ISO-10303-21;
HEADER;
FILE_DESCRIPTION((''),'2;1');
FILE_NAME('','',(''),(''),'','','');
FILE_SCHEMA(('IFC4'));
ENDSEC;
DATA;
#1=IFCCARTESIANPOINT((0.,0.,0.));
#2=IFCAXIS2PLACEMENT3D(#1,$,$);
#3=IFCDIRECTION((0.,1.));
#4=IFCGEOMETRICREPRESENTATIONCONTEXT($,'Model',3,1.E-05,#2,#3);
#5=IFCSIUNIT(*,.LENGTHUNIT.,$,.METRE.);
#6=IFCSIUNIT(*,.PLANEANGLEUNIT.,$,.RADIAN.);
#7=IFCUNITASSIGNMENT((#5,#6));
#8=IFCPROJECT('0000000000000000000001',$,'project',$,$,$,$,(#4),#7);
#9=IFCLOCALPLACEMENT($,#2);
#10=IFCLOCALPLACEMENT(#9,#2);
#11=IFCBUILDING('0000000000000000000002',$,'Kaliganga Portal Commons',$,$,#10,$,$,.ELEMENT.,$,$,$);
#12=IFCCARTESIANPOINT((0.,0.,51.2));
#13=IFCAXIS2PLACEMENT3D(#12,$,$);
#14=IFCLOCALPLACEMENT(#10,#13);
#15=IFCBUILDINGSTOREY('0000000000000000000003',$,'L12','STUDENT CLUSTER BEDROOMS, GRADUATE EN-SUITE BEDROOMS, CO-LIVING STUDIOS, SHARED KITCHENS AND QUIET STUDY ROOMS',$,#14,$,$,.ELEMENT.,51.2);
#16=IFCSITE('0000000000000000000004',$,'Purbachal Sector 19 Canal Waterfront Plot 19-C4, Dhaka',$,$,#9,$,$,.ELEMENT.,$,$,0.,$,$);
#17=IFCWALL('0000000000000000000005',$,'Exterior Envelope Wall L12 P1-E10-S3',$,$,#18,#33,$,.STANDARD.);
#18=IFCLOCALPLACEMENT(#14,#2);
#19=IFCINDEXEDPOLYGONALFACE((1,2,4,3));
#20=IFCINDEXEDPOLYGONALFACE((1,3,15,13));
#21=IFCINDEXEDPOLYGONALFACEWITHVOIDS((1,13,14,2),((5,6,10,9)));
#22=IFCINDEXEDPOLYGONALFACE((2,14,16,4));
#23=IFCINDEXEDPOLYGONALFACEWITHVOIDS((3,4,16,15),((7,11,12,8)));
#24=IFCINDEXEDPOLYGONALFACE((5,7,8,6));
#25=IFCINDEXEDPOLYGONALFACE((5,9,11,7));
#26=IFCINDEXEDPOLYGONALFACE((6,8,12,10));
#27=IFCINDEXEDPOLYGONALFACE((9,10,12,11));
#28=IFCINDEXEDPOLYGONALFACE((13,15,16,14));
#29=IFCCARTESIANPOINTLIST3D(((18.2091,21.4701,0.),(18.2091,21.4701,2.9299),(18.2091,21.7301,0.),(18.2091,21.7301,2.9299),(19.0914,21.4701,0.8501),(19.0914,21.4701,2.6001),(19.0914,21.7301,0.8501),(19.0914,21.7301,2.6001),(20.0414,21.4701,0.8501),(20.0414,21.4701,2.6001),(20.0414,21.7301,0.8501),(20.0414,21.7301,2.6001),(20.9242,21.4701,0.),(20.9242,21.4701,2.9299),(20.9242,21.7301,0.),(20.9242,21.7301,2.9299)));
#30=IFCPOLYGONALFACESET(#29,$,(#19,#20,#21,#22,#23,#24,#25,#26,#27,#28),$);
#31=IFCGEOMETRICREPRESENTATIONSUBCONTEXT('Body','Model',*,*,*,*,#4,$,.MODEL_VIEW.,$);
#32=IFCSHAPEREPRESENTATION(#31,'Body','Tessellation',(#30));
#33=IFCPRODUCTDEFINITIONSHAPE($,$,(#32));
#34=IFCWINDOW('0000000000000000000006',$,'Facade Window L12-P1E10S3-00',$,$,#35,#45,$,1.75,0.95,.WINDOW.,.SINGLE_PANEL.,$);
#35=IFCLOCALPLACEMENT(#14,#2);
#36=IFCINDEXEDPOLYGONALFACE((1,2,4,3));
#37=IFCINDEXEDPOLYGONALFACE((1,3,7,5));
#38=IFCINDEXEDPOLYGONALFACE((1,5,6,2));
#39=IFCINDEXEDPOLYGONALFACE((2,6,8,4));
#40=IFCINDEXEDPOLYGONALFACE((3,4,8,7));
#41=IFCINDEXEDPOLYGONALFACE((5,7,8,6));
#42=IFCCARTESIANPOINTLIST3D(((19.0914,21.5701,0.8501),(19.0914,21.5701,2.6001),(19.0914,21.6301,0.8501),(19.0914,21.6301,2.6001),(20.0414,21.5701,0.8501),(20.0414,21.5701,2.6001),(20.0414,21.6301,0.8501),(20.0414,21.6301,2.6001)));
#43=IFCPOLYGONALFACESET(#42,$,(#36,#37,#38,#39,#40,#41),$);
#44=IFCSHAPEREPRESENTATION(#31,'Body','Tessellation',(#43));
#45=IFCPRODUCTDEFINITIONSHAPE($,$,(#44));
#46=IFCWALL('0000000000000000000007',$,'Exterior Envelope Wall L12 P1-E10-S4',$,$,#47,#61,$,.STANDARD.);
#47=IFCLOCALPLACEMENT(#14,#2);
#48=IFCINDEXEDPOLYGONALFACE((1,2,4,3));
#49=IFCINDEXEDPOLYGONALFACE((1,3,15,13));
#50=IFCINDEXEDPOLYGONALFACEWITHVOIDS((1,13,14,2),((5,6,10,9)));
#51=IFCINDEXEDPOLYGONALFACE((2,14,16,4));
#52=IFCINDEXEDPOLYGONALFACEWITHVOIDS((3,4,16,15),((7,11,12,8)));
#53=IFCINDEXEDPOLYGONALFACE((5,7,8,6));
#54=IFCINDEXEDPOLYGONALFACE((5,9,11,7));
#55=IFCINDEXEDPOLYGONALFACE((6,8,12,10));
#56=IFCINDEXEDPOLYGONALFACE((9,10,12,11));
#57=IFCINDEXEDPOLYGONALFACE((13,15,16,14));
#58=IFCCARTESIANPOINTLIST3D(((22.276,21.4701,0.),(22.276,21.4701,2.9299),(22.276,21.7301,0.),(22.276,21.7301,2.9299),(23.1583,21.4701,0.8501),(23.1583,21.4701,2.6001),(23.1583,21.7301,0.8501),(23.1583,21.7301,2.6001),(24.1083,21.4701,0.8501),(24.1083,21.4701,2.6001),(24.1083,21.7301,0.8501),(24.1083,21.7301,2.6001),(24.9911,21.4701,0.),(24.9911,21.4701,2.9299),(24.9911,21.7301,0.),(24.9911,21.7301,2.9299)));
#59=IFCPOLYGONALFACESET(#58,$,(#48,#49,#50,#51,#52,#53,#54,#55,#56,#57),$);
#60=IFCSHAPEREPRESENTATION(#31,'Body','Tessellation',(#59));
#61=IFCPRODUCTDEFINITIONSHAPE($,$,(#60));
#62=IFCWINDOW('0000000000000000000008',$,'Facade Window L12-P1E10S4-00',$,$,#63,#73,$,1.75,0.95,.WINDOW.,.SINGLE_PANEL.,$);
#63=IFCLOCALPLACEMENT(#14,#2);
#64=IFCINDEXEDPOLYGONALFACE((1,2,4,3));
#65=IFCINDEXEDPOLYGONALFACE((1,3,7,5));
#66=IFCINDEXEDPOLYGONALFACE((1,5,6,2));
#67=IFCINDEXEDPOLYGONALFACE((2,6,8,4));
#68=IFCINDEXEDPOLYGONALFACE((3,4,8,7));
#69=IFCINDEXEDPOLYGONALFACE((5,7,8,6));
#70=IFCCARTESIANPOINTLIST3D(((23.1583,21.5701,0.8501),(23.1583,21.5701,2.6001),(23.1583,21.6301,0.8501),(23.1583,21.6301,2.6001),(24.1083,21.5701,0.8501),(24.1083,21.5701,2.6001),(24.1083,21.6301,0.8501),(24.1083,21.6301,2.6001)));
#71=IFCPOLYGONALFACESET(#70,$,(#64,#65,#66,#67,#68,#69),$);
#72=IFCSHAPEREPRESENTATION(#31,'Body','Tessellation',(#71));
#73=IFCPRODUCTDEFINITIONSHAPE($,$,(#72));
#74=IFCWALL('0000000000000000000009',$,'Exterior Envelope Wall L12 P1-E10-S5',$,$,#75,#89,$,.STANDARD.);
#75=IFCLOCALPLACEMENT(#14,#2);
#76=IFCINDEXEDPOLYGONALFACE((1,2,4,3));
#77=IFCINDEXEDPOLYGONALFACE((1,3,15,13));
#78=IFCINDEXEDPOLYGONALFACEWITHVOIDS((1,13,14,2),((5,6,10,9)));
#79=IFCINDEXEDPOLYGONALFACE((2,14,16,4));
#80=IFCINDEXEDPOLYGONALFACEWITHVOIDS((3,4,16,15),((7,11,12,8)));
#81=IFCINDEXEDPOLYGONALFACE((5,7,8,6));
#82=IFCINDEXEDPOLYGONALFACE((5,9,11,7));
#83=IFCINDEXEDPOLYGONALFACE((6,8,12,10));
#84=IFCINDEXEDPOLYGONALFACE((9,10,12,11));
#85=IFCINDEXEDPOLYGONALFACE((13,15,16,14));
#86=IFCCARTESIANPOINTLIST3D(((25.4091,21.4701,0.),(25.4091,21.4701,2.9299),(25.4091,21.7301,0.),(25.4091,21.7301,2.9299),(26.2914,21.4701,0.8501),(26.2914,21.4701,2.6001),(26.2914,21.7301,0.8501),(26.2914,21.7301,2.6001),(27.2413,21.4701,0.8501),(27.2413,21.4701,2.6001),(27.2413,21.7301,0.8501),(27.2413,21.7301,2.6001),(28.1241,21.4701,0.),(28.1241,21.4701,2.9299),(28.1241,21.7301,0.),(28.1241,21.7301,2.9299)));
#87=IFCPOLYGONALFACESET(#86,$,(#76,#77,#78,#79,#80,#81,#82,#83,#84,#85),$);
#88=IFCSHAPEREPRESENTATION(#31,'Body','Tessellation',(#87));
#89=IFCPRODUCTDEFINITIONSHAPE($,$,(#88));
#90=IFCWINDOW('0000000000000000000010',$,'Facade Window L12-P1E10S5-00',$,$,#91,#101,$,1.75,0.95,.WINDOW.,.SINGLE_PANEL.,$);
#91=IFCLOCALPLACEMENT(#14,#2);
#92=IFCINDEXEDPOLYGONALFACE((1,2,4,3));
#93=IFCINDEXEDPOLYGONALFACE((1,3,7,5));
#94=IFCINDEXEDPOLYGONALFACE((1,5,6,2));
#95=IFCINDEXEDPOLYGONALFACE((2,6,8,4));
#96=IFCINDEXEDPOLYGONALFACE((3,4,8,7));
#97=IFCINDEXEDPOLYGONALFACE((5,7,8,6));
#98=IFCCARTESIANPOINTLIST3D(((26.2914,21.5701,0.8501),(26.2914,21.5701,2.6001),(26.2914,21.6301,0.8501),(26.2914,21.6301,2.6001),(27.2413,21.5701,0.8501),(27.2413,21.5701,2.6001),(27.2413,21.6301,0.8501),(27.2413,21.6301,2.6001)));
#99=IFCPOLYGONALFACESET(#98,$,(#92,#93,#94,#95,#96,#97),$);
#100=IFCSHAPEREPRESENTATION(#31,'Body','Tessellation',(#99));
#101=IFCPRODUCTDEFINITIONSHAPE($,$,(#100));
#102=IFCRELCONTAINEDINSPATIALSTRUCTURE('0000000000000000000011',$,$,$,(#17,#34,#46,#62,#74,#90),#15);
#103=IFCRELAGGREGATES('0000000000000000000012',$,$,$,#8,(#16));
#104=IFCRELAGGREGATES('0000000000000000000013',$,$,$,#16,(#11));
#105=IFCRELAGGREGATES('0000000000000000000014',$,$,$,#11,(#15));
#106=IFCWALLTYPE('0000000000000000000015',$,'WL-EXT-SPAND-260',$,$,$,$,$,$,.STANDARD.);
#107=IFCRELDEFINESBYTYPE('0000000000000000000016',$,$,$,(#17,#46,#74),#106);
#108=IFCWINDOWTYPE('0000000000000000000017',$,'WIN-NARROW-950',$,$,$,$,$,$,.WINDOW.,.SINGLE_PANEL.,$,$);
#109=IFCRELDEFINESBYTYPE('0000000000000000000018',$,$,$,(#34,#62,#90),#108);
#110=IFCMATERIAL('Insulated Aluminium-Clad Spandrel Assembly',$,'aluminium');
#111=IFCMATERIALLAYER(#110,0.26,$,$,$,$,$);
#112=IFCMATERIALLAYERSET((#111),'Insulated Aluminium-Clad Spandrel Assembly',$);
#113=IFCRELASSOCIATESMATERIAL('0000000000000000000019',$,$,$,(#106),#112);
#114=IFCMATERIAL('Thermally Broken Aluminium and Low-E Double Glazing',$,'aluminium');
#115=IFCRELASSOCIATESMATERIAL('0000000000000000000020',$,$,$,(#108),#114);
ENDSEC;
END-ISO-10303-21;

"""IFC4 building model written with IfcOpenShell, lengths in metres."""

from ifc_helpers import new_model, si_unit, direction, frame, frame_2d, origin, place, context, subcontext, project, spatial, rectangle, extrude, material, layer, layer_set, type_object, element, fill, save


model = new_model("IFC4")

# Units and contexts
model_context = context("Model", 3, precision=1e-05, world=origin(), true_north=direction((0.0, 1.0)))
body_context = subcontext(model_context, "Body", "Model", "MODEL_VIEW")
ifc_project = project(units=[si_unit("LENGTHUNIT", "METRE"), si_unit("PLANEANGLEUNIT", "RADIAN")], contexts=[model_context])

# Site, building, storey
site_placement = place(None, origin())
site = spatial("IfcSite", under=ifc_project, at=site_placement, Name="Purbachal Sector 19 Canal Waterfront Plot 19-C4, Dhaka", CompositionType="ELEMENT", RefElevation=0.0)
building_placement = place(site_placement, origin())
building = spatial("IfcBuilding", under=site, at=building_placement, Name="Kaliganga Portal Commons", CompositionType="ELEMENT")
storey_placement = place(building_placement, frame((0.0, 0.0, 51.2)))
storey = spatial("IfcBuildingStorey", under=building, at=storey_placement, Name="L12", Description="STUDENT CLUSTER BEDROOMS, GRADUATE EN-SUITE BEDROOMS, CO-LIVING STUDIOS, SHARED KITCHENS AND QUIET STUDY ROOMS", CompositionType="ELEMENT", Elevation=51.2)

# Walls, openings, windows
ifc_material_1 = material(Name="Insulated Aluminium-Clad Spandrel Assembly", Category="aluminium")
ifc_layer_1 = layer(ifc_material_1, 0.26)
ifc_layer_set_1 = layer_set([ifc_layer_1], Name="Insulated Aluminium-Clad Spandrel Assembly")
wall_type_1 = type_object("IfcWallType", Name="WL-EXT-SPAND-260", PredefinedType="STANDARD", material=ifc_layer_set_1)
wall_1_placement = place(storey_placement, frame((20.9241, 21.6001, 0.0), z_axis=(0.0, 0.0, 1.0), x_axis=(-1.0, 0.0, 0.0)))
wall_1 = element("IfcWall", 1, at=wall_1_placement, inside=storey, type_object=wall_type_1, Name="Exterior Envelope Wall L12 P1-E10-S3", PredefinedType="STANDARD", context=body_context, shape_type="SweptSolid", body=[
    extrude(rectangle(XDim=2.7151, YDim=0.26, at=frame_2d((1.3574, 0.0))), origin(), (0.0, 0.0, 1.0), 2.9299),
])
opening_1_placement = place(wall_1_placement, frame((0.8826, 0.0, 0.8501)))
opening_1 = element("IfcOpeningElement", 2, at=opening_1_placement, cuts=wall_1, PredefinedType="OPENING", context=body_context, shape_type="SweptSolid", body=[
    extrude(rectangle(XDim=0.95, YDim=1.75, at=frame_2d((0.4751, 0.875))), frame((0.0, 0.1401, 0.0), z_axis=(0.0, -1.0, 0.0), x_axis=(1.0, 0.0, 0.0)), (0.0, 0.0, 1.0), 0.28),
])
ifc_material_2 = material(Name="Thermally Broken Aluminium and Low-E Double Glazing", Category="aluminium")
window_type_1 = type_object("IfcWindowType", Name="WIN-NARROW-950", PartitioningType="SINGLE_PANEL", PredefinedType="WINDOW", material=ifc_material_2)
window_1_placement = place(opening_1_placement, origin())
window_1 = element("IfcWindow", 3, at=window_1_placement, inside=storey, type_object=window_type_1, Name="Facade Window L12-P1E10S3-00", OverallHeight=1.75, OverallWidth=0.95, PartitioningType="SINGLE_PANEL", PredefinedType="WINDOW", context=body_context, shape_type="SweptSolid", body=[
    extrude(rectangle(XDim=0.95, YDim=1.75, at=frame_2d((0.4751, 0.875))), frame((0.0, 0.03, 0.0), z_axis=(0.0, -1.0, 0.0), x_axis=(1.0, 0.0, 0.0)), (0.0, 0.0, 1.0), 0.0601),
])
fill(opening_1, window_1)
wall_2_placement = place(storey_placement, frame((24.991, 21.6001, 0.0), z_axis=(0.0, 0.0, 1.0), x_axis=(-1.0, 0.0, 0.0)))
wall_2 = element("IfcWall", 4, at=wall_2_placement, inside=storey, type_object=wall_type_1, Name="Exterior Envelope Wall L12 P1-E10-S4", PredefinedType="STANDARD", context=body_context, shape_type="SweptSolid", body=[
    extrude(rectangle(XDim=2.7151, YDim=0.26, at=frame_2d((1.3574, 0.0))), origin(), (0.0, 0.0, 1.0), 2.9299),
])
opening_2_placement = place(wall_2_placement, frame((0.8826, 0.0, 0.8501)))
opening_2 = element("IfcOpeningElement", 5, at=opening_2_placement, cuts=wall_2, PredefinedType="OPENING", context=body_context, shape_type="SweptSolid", body=[
    extrude(rectangle(XDim=0.95, YDim=1.75, at=frame_2d((0.4751, 0.875))), frame((0.0, 0.1401, 0.0), z_axis=(0.0, -1.0, 0.0), x_axis=(1.0, 0.0, 0.0)), (0.0, 0.0, 1.0), 0.28),
])
window_2_placement = place(opening_2_placement, origin())
window_2 = element("IfcWindow", 6, at=window_2_placement, inside=storey, type_object=window_type_1, Name="Facade Window L12-P1E10S4-00", OverallHeight=1.75, OverallWidth=0.95, PartitioningType="SINGLE_PANEL", PredefinedType="WINDOW", context=body_context, shape_type="SweptSolid", body=[
    extrude(rectangle(XDim=0.95, YDim=1.75, at=frame_2d((0.4751, 0.875))), frame((0.0, 0.03, 0.0), z_axis=(0.0, -1.0, 0.0), x_axis=(1.0, 0.0, 0.0)), (0.0, 0.0, 1.0), 0.0601),
])
fill(opening_2, window_2)
wall_3_placement = place(storey_placement, frame((28.124, 21.6001, 0.0), z_axis=(0.0, 0.0, 1.0), x_axis=(-1.0, 0.0, 0.0)))
wall_3 = element("IfcWall", 7, at=wall_3_placement, inside=storey, type_object=wall_type_1, Name="Exterior Envelope Wall L12 P1-E10-S5", PredefinedType="STANDARD", context=body_context, shape_type="SweptSolid", body=[
    extrude(rectangle(XDim=2.7151, YDim=0.26, at=frame_2d((1.3574, 0.0))), origin(), (0.0, 0.0, 1.0), 2.9299),
])
opening_3_placement = place(wall_3_placement, frame((0.8826, 0.0, 0.8501)))
opening_3 = element("IfcOpeningElement", 8, at=opening_3_placement, cuts=wall_3, PredefinedType="OPENING", context=body_context, shape_type="SweptSolid", body=[
    extrude(rectangle(XDim=0.95, YDim=1.75, at=frame_2d((0.4751, 0.875))), frame((0.0, 0.1401, 0.0), z_axis=(0.0, -1.0, 0.0), x_axis=(1.0, 0.0, 0.0)), (0.0, 0.0, 1.0), 0.28),
])
window_3_placement = place(opening_3_placement, origin())
window_3 = element("IfcWindow", 9, at=window_3_placement, inside=storey, type_object=window_type_1, Name="Facade Window L12-P1E10S5-00", OverallHeight=1.75, OverallWidth=0.95, PartitioningType="SINGLE_PANEL", PredefinedType="WINDOW", context=body_context, shape_type="SweptSolid", body=[
    extrude(rectangle(XDim=0.95, YDim=1.75, at=frame_2d((0.4751, 0.875))), frame((0.0, 0.03, 0.0), z_axis=(0.0, -1.0, 0.0), x_axis=(1.0, 0.0, 0.0)), (0.0, 0.0, 1.0), 0.0601),
])
fill(opening_3, window_3)

save(model, "model.ifc")
